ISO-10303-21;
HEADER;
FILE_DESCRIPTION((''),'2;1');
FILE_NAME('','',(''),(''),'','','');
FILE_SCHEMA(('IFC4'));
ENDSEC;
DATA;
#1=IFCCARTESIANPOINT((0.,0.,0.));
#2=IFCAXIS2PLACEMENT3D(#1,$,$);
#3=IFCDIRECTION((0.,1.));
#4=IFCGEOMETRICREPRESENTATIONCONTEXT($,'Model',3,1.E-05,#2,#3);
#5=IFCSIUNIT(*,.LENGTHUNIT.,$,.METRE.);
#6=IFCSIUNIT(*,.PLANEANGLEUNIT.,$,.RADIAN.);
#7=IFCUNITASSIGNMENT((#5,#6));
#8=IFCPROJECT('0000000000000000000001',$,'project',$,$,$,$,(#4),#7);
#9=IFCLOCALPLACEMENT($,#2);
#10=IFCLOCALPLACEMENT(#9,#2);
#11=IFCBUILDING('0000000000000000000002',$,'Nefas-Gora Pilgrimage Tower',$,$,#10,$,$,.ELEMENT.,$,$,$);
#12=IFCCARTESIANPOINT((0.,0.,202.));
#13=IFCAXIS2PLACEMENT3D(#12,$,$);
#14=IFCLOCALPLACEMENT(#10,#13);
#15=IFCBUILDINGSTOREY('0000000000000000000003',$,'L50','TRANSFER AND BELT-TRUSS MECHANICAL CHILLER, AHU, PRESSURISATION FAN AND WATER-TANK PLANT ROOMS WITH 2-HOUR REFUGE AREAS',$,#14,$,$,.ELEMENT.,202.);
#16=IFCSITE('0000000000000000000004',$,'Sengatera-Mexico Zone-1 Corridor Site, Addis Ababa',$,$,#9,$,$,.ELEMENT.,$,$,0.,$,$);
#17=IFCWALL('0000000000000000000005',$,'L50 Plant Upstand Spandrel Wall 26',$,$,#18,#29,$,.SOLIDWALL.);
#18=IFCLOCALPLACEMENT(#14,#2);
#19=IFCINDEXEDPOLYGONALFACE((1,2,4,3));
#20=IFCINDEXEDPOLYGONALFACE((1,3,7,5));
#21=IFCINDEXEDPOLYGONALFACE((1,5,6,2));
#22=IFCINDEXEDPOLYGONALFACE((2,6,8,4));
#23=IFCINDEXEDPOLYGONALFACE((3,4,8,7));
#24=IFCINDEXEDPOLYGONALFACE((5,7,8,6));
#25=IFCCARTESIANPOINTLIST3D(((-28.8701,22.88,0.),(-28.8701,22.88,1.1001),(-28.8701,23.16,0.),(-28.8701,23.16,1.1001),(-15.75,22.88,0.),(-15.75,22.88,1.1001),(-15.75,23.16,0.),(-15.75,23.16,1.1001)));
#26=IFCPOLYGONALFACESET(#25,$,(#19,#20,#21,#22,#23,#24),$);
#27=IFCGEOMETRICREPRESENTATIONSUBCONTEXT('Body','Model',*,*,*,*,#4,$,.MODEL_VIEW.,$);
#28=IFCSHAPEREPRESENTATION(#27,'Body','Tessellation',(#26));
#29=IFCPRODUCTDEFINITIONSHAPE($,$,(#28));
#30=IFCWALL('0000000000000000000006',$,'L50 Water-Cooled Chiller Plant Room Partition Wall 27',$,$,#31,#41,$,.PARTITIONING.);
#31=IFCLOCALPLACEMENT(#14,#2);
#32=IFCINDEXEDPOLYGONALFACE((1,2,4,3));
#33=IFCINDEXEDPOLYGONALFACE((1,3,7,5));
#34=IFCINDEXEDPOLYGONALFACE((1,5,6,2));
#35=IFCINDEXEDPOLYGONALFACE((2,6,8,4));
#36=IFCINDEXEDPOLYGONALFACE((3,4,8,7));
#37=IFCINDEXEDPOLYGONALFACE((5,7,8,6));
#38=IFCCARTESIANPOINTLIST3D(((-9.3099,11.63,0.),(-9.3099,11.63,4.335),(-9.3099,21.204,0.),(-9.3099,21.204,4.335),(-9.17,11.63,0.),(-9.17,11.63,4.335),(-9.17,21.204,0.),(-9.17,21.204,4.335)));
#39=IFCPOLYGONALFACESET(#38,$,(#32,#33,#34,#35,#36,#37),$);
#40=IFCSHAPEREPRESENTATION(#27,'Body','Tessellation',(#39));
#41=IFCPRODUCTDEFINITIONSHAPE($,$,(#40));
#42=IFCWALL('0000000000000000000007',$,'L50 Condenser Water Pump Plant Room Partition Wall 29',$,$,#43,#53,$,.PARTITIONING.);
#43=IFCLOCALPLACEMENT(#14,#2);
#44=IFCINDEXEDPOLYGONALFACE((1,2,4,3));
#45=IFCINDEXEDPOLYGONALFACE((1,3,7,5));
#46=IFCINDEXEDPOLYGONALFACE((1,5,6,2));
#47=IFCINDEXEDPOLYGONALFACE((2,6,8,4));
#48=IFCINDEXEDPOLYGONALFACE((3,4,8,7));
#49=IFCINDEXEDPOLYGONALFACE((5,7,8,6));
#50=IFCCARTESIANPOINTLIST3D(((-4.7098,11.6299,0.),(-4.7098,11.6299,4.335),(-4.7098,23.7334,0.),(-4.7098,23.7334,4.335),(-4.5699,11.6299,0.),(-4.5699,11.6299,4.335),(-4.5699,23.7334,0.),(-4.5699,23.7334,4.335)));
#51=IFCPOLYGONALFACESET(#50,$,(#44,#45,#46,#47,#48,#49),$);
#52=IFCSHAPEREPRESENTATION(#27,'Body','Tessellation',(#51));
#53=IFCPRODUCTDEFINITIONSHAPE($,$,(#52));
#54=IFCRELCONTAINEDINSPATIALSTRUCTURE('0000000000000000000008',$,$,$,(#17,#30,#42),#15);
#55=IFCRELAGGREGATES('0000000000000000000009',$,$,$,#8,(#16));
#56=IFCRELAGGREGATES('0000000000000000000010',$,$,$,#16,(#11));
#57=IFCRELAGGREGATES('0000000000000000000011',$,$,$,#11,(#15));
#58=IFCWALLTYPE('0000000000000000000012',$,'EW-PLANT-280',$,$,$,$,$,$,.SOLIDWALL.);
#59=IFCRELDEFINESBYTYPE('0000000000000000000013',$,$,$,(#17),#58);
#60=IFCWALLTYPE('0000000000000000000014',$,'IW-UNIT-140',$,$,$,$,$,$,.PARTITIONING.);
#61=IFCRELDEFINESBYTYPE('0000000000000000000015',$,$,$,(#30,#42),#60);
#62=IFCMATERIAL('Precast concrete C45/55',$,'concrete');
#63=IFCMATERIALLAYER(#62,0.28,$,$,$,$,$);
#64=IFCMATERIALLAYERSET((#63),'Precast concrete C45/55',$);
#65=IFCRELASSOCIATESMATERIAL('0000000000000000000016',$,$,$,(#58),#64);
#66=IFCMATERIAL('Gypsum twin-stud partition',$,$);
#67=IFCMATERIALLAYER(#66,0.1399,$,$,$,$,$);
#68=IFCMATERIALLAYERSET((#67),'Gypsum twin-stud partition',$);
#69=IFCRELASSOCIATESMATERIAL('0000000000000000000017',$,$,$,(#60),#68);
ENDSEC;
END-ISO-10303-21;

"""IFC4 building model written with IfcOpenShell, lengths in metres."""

from ifc_helpers import new_model, si_unit, direction, frame, frame_2d, origin, place, context, subcontext, project, spatial, rectangle, extrude, source, transform, mapped, material, layer, layer_set, type_object, element, save


model = new_model("IFC4")

# Units and contexts
model_context = context("Model", 3, precision=1e-05, world=origin(), true_north=direction((0.0, 1.0)))
body_context = subcontext(model_context, "Body", "Model", "MODEL_VIEW")
ifc_project = project(units=[si_unit("LENGTHUNIT", "METRE"), si_unit("PLANEANGLEUNIT", "RADIAN")], contexts=[model_context])

# Site, building, storey
site_placement = place(None, origin())
site = spatial("IfcSite", under=ifc_project, at=site_placement, Name="Sengatera-Mexico Zone-1 Corridor Site, Addis Ababa", CompositionType="ELEMENT", RefElevation=0.0)
building_placement = place(site_placement, origin())
building = spatial("IfcBuilding", under=site, at=building_placement, Name="Nefas-Gora Pilgrimage Tower", CompositionType="ELEMENT")
storey_placement = place(building_placement, frame((0.0, 0.0, 202.0)))
storey = spatial("IfcBuildingStorey", under=building, at=storey_placement, Name="L50", Description="TRANSFER AND BELT-TRUSS MECHANICAL CHILLER, AHU, PRESSURISATION FAN AND WATER-TANK PLANT ROOMS WITH 2-HOUR REFUGE AREAS", CompositionType="ELEMENT", Elevation=202.0)

# Walls
ifc_material_1 = material(Name="Precast concrete C45/55", Category="concrete")
ifc_layer_1 = layer(ifc_material_1, 0.28)
ifc_layer_set_1 = layer_set([ifc_layer_1], Name="Precast concrete C45/55")
wall_type_1 = type_object("IfcWallType", Name="EW-PLANT-280", PredefinedType="SOLIDWALL", material=ifc_layer_set_1)
shared_shape_1 = source(origin(), body_context, "Body", "SweptSolid", [
    extrude(rectangle(XDim=13.1201, YDim=0.28, at=frame_2d((6.5601, 0.0))), origin(), (0.0, 0.0, 1.0), 1.1001),
])
wall_1_placement = place(storey_placement, frame((-15.75, 23.02, 0.0), z_axis=(0.0, 0.0, 1.0), x_axis=(-1.0, 0.0, 0.0)))
element("IfcWall", 1, at=wall_1_placement, inside=storey, type_object=wall_type_1, Name="L50 Plant Upstand Spandrel Wall 26", PredefinedType="SOLIDWALL", context=body_context, shape_type="MappedRepresentation", body=[
    mapped(shared_shape_1, transform((0.0, 0.0, 0.0), x_axis=(1.0, 0.0, 0.0), y_axis=(0.0, 1.0, 0.0), z_axis=(0.0, 0.0, 1.0), scale=1.0)),
])
ifc_material_2 = material(Name="Gypsum twin-stud partition")
ifc_layer_2 = layer(ifc_material_2, 0.1399)
ifc_layer_set_2 = layer_set([ifc_layer_2], Name="Gypsum twin-stud partition")
wall_type_2 = type_object("IfcWallType", Name="IW-UNIT-140", PredefinedType="PARTITIONING", material=ifc_layer_set_2)
shared_shape_2 = source(origin(), body_context, "Body", "SweptSolid", [
    extrude(rectangle(XDim=9.574, YDim=0.1399, at=frame_2d((4.7871, 0.0))), origin(), (0.0, 0.0, 1.0), 4.335),
])
wall_2_placement = place(storey_placement, frame((-9.24, 11.6299, 0.0), z_axis=(0.0, 0.0, 1.0), x_axis=(0.0, 1.0, 0.0)))
element("IfcWall", 2, at=wall_2_placement, inside=storey, type_object=wall_type_2, Name="L50 Water-Cooled Chiller Plant Room Partition Wall 27", PredefinedType="PARTITIONING", context=body_context, shape_type="MappedRepresentation", body=[
    mapped(shared_shape_2, transform((0.0, 0.0, 0.0), x_axis=(1.0, 0.0, 0.0), y_axis=(0.0, 1.0, 0.0), z_axis=(0.0, 0.0, 1.0), scale=1.0)),
])
shared_shape_3 = source(origin(), body_context, "Body", "SweptSolid", [
    extrude(rectangle(XDim=12.1035, YDim=0.1399, at=frame_2d((6.0518, 0.0))), origin(), (0.0, 0.0, 1.0), 4.335),
])
wall_3_placement = place(storey_placement, frame((-4.6399, 11.6299, 0.0), z_axis=(0.0, 0.0, 1.0), x_axis=(0.0, 1.0, 0.0)))
element("IfcWall", 3, at=wall_3_placement, inside=storey, type_object=wall_type_2, Name="L50 Condenser Water Pump Plant Room Partition Wall 29", PredefinedType="PARTITIONING", context=body_context, shape_type="MappedRepresentation", body=[
    mapped(shared_shape_3, transform((0.0, 0.0, 0.0), x_axis=(1.0, 0.0, 0.0), y_axis=(0.0, 1.0, 0.0), z_axis=(0.0, 0.0, 1.0), scale=1.0)),
])

save(model, "model.ifc")
